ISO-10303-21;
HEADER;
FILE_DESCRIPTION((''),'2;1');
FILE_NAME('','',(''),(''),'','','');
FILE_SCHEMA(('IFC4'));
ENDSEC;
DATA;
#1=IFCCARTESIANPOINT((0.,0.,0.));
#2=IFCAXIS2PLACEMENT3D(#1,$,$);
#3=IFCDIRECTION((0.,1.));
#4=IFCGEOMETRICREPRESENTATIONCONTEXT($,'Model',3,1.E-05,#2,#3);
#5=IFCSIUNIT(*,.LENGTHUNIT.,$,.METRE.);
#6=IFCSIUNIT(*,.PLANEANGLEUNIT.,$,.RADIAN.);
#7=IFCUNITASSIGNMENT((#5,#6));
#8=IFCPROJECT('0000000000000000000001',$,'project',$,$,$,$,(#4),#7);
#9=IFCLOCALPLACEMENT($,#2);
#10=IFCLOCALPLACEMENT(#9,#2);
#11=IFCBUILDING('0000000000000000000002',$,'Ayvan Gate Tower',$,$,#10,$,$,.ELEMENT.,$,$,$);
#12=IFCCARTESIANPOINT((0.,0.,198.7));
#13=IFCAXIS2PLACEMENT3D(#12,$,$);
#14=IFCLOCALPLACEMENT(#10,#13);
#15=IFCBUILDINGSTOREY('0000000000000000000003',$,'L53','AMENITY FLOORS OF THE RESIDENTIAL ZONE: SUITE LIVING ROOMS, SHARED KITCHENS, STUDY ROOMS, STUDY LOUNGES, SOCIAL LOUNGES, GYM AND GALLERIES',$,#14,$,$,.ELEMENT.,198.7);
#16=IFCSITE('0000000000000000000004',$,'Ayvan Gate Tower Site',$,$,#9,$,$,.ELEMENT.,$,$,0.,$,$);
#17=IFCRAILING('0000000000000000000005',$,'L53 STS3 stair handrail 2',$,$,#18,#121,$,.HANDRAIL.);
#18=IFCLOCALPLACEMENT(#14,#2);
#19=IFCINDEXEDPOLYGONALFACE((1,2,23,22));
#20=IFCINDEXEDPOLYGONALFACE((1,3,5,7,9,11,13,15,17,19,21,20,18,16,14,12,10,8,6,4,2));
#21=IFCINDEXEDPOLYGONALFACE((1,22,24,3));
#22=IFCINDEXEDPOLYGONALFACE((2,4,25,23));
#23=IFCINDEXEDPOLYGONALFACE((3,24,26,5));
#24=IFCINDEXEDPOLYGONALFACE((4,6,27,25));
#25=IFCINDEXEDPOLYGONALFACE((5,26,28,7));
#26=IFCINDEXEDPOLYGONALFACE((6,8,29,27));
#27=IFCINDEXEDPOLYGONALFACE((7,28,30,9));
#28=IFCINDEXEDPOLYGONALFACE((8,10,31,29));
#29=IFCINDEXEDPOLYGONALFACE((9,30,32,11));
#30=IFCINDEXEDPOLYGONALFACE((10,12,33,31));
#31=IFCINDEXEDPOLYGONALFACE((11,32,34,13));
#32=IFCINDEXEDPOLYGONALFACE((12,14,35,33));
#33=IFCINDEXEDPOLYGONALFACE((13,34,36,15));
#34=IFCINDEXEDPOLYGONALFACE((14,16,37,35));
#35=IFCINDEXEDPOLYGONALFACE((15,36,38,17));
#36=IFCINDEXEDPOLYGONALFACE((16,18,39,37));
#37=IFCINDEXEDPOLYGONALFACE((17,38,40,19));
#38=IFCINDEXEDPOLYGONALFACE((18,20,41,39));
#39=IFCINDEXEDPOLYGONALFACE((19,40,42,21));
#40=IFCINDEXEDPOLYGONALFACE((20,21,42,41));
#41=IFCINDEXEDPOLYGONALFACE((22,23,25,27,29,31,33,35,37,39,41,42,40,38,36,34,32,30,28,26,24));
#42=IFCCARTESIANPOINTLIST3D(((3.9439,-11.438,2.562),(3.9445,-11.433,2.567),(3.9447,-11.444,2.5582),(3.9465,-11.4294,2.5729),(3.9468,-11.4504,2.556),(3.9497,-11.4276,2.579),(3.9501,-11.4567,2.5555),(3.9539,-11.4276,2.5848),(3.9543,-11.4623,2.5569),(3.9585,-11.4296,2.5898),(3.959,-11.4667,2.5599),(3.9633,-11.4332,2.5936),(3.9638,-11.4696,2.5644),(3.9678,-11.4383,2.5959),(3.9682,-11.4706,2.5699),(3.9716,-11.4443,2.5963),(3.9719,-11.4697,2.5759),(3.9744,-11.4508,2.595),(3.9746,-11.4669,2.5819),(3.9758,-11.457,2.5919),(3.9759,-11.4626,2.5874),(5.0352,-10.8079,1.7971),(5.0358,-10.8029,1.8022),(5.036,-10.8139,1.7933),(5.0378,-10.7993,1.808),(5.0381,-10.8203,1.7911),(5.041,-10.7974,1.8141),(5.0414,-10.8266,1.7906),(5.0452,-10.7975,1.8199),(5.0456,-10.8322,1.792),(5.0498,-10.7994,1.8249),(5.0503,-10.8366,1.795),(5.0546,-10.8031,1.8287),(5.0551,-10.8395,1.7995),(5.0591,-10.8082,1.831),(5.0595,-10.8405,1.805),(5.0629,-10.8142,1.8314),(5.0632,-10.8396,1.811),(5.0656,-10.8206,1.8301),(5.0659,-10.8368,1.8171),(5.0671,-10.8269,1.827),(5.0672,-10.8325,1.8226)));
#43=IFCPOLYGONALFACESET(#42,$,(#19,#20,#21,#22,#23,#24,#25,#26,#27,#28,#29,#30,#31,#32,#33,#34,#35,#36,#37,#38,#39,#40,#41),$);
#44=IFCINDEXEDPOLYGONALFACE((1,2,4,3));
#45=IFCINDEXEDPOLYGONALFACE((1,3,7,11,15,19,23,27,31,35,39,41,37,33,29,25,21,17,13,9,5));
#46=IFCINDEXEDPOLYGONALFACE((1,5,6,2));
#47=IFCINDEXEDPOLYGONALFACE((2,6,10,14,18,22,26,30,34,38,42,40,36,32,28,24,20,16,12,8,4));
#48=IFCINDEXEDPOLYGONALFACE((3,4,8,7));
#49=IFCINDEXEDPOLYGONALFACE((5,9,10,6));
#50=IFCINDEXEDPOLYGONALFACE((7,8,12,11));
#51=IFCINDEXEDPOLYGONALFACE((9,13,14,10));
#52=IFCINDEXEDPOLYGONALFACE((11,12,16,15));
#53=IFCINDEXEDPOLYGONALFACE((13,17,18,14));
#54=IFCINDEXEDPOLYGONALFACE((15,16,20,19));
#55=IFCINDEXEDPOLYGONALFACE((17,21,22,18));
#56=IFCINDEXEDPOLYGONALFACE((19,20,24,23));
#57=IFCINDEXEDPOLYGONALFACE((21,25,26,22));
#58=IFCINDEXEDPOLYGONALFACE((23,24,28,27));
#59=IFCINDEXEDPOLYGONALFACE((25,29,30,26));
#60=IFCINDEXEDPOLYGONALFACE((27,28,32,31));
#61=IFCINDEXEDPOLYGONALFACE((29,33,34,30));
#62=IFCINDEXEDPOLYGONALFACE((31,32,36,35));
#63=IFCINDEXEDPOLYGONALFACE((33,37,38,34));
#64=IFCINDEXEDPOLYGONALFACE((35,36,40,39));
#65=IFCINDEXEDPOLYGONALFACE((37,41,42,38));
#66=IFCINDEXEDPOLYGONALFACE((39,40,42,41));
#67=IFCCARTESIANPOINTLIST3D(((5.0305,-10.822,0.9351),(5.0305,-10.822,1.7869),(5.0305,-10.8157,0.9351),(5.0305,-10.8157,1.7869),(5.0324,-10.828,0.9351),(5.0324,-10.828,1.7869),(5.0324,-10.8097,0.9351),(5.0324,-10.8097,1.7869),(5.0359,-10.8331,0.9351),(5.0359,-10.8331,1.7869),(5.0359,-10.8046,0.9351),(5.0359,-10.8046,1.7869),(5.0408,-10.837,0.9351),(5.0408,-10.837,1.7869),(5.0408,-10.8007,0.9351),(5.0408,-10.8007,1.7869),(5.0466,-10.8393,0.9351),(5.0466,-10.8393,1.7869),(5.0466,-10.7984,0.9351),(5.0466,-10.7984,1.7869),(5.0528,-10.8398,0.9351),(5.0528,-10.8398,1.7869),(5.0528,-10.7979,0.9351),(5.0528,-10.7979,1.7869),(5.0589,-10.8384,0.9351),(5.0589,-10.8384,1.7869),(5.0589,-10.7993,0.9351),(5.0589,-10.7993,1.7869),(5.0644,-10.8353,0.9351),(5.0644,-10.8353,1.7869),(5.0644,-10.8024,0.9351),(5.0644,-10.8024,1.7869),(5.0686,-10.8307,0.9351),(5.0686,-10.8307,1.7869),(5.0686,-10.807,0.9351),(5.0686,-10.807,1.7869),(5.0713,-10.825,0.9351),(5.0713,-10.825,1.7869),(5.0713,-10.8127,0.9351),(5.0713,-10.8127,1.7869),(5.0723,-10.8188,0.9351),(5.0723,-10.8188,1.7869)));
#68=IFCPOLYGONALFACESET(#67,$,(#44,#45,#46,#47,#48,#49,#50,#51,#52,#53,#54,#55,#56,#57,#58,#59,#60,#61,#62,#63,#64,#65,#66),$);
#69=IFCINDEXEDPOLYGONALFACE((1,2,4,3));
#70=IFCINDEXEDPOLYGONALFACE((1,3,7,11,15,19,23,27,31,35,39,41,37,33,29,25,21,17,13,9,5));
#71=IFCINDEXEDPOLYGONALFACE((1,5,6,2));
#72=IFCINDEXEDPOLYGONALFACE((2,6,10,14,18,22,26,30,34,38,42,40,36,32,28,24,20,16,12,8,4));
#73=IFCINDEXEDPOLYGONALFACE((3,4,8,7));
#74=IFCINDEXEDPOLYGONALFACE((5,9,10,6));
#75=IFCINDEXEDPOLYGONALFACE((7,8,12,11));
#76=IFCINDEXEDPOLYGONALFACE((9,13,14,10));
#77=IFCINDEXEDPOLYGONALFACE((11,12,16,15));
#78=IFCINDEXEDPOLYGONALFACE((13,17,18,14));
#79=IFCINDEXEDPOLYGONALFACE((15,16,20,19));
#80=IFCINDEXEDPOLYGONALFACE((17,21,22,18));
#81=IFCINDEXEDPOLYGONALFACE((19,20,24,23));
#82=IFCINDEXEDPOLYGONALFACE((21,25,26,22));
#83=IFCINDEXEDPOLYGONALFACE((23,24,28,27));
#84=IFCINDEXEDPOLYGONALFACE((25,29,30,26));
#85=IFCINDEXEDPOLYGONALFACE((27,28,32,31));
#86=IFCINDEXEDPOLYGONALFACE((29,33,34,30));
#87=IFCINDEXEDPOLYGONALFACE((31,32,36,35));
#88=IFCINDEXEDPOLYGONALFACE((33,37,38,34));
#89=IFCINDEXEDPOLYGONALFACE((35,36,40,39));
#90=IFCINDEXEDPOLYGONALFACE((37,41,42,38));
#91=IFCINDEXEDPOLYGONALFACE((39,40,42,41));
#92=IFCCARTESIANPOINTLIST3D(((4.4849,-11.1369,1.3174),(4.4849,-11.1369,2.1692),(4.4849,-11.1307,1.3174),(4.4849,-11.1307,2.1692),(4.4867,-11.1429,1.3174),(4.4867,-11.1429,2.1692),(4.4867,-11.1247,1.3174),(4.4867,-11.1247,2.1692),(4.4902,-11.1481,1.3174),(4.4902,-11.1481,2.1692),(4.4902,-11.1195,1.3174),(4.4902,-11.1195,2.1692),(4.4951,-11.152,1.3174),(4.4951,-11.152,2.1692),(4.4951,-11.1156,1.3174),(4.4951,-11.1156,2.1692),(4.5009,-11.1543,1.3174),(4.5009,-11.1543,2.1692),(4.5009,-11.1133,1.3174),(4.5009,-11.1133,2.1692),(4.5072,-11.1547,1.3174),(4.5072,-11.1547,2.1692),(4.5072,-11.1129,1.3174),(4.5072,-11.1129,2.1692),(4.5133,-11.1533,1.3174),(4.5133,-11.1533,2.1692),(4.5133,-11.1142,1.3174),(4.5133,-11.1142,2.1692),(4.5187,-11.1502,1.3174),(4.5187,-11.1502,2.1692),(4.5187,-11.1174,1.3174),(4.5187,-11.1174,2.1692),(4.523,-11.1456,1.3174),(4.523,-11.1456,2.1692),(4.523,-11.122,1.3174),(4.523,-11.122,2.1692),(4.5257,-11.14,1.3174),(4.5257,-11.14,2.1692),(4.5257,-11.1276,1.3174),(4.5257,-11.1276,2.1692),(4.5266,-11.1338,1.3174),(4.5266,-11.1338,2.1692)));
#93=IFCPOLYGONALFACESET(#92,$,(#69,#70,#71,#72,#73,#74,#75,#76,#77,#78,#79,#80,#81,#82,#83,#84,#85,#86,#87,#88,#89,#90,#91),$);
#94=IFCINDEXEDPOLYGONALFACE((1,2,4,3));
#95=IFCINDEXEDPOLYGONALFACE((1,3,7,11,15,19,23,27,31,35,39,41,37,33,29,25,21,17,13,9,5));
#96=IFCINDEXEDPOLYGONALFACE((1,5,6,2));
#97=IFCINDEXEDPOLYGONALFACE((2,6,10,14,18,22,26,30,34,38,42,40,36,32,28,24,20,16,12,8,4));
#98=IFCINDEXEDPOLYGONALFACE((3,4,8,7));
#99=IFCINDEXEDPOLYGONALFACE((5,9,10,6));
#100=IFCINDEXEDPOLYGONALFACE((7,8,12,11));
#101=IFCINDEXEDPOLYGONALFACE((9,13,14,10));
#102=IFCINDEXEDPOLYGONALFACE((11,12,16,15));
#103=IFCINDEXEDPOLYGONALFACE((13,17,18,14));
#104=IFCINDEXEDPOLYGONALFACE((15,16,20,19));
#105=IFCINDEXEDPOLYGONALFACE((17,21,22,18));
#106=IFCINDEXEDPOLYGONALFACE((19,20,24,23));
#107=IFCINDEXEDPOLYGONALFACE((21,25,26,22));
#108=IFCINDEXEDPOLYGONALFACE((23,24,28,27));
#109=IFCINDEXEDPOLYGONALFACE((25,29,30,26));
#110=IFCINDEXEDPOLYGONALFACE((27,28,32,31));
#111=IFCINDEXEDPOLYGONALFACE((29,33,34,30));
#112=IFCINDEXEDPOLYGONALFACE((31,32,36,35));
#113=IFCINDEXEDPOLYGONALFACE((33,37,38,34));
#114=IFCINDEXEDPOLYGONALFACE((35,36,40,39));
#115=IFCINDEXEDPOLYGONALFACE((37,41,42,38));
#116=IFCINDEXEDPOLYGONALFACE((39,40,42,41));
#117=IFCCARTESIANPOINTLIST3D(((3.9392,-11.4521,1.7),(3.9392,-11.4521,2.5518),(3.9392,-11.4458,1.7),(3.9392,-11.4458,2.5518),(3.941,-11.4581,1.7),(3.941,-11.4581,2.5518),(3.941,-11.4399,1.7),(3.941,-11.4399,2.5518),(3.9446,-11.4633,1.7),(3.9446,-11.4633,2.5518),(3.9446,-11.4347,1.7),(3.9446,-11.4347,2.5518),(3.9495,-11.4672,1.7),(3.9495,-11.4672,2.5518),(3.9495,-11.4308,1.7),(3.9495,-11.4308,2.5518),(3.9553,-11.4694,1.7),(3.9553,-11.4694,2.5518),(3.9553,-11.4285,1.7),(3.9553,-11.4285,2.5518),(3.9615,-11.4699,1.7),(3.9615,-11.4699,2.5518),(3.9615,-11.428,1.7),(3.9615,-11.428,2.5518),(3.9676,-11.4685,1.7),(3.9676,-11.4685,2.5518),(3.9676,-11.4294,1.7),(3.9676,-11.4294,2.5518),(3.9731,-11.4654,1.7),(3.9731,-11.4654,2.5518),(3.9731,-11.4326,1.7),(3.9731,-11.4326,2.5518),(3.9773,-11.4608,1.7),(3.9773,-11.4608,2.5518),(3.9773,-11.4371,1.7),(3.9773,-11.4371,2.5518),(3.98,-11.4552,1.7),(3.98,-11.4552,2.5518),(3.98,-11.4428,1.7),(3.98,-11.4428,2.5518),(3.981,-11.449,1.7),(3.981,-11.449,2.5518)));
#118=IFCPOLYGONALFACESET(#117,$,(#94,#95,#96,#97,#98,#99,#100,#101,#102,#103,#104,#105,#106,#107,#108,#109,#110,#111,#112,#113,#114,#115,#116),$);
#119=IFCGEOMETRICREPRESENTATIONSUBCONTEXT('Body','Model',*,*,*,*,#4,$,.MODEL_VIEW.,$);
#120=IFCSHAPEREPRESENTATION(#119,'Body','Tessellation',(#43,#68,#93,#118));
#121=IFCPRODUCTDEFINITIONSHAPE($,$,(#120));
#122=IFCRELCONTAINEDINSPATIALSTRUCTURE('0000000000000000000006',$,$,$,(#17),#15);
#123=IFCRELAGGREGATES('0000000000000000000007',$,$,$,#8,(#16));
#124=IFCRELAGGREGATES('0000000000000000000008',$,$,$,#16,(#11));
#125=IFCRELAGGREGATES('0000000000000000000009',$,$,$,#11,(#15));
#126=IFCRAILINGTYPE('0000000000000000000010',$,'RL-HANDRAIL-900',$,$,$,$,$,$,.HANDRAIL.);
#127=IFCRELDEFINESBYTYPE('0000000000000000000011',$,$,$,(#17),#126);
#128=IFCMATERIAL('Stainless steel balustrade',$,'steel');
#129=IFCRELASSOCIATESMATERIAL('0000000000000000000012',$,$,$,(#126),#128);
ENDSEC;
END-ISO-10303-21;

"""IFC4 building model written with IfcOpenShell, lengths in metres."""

from ifc_helpers import new_model, si_unit, direction, frame, origin, origin_2d, place, context, subcontext, project, spatial, circle, extrude, material, type_object, element, save


model = new_model("IFC4")

# Units and contexts
model_context = context("Model", 3, precision=1e-05, world=origin(), true_north=direction((0.0, 1.0)))
body_context = subcontext(model_context, "Body", "Model", "MODEL_VIEW")
ifc_project = project(units=[si_unit("LENGTHUNIT", "METRE"), si_unit("PLANEANGLEUNIT", "RADIAN")], contexts=[model_context])

# Site, building, storey
site_placement = place(None, origin())
site = spatial("IfcSite", under=ifc_project, at=site_placement, Name="Ayvan Gate Tower Site", CompositionType="ELEMENT", RefElevation=0.0)
building_placement = place(site_placement, origin())
building = spatial("IfcBuilding", under=site, at=building_placement, Name="Ayvan Gate Tower", CompositionType="ELEMENT")
storey_placement = place(building_placement, frame((0.0, 0.0, 198.7)))
storey = spatial("IfcBuildingStorey", under=building, at=storey_placement, Name="L53", Description="AMENITY FLOORS OF THE RESIDENTIAL ZONE: SUITE LIVING ROOMS, SHARED KITCHENS, STUDY ROOMS, STUDY LOUNGES, SOCIAL LOUNGES, GYM AND GALLERIES", CompositionType="ELEMENT", Elevation=198.7)

# Railing
ifc_material_1 = material(Name="Stainless steel balustrade", Category="steel")
railing_type_1 = type_object("IfcRailingType", Name="RL-HANDRAIL-900", PredefinedType="HANDRAIL", material=ifc_material_1)
railing_1_placement = place(storey_placement, frame((5.0513, -10.8188, 0.9351)))
element("IfcRailing", 1, at=railing_1_placement, inside=storey, type_object=railing_type_1, Name="L53 STS3 stair handrail 2", PredefinedType="HANDRAIL", context=body_context, shape_type="SweptSolid", body=[
    extrude(circle(Radius=0.0239, at=origin_2d()), frame((0.0, 0.0, 0.876), z_axis=(-0.740304, -0.427455, 0.518875), x_axis=(0.500035, -0.866005, 0.0)), (0.0, 0.0, 1.0), 1.4741),
    extrude(circle(Radius=0.021, at=origin_2d()), origin(), (0.0, 0.0, 1.0), 0.8518),
    extrude(circle(Radius=0.021, at=origin_2d()), frame((-0.5457, -0.3149, 0.3823)), (0.0, 0.0, 1.0), 0.8518),
    extrude(circle(Radius=0.021, at=origin_2d()), frame((-1.0913, -0.6301, 0.7649)), (0.0, 0.0, 1.0), 0.8518),
])

save(model, "model.ifc")
